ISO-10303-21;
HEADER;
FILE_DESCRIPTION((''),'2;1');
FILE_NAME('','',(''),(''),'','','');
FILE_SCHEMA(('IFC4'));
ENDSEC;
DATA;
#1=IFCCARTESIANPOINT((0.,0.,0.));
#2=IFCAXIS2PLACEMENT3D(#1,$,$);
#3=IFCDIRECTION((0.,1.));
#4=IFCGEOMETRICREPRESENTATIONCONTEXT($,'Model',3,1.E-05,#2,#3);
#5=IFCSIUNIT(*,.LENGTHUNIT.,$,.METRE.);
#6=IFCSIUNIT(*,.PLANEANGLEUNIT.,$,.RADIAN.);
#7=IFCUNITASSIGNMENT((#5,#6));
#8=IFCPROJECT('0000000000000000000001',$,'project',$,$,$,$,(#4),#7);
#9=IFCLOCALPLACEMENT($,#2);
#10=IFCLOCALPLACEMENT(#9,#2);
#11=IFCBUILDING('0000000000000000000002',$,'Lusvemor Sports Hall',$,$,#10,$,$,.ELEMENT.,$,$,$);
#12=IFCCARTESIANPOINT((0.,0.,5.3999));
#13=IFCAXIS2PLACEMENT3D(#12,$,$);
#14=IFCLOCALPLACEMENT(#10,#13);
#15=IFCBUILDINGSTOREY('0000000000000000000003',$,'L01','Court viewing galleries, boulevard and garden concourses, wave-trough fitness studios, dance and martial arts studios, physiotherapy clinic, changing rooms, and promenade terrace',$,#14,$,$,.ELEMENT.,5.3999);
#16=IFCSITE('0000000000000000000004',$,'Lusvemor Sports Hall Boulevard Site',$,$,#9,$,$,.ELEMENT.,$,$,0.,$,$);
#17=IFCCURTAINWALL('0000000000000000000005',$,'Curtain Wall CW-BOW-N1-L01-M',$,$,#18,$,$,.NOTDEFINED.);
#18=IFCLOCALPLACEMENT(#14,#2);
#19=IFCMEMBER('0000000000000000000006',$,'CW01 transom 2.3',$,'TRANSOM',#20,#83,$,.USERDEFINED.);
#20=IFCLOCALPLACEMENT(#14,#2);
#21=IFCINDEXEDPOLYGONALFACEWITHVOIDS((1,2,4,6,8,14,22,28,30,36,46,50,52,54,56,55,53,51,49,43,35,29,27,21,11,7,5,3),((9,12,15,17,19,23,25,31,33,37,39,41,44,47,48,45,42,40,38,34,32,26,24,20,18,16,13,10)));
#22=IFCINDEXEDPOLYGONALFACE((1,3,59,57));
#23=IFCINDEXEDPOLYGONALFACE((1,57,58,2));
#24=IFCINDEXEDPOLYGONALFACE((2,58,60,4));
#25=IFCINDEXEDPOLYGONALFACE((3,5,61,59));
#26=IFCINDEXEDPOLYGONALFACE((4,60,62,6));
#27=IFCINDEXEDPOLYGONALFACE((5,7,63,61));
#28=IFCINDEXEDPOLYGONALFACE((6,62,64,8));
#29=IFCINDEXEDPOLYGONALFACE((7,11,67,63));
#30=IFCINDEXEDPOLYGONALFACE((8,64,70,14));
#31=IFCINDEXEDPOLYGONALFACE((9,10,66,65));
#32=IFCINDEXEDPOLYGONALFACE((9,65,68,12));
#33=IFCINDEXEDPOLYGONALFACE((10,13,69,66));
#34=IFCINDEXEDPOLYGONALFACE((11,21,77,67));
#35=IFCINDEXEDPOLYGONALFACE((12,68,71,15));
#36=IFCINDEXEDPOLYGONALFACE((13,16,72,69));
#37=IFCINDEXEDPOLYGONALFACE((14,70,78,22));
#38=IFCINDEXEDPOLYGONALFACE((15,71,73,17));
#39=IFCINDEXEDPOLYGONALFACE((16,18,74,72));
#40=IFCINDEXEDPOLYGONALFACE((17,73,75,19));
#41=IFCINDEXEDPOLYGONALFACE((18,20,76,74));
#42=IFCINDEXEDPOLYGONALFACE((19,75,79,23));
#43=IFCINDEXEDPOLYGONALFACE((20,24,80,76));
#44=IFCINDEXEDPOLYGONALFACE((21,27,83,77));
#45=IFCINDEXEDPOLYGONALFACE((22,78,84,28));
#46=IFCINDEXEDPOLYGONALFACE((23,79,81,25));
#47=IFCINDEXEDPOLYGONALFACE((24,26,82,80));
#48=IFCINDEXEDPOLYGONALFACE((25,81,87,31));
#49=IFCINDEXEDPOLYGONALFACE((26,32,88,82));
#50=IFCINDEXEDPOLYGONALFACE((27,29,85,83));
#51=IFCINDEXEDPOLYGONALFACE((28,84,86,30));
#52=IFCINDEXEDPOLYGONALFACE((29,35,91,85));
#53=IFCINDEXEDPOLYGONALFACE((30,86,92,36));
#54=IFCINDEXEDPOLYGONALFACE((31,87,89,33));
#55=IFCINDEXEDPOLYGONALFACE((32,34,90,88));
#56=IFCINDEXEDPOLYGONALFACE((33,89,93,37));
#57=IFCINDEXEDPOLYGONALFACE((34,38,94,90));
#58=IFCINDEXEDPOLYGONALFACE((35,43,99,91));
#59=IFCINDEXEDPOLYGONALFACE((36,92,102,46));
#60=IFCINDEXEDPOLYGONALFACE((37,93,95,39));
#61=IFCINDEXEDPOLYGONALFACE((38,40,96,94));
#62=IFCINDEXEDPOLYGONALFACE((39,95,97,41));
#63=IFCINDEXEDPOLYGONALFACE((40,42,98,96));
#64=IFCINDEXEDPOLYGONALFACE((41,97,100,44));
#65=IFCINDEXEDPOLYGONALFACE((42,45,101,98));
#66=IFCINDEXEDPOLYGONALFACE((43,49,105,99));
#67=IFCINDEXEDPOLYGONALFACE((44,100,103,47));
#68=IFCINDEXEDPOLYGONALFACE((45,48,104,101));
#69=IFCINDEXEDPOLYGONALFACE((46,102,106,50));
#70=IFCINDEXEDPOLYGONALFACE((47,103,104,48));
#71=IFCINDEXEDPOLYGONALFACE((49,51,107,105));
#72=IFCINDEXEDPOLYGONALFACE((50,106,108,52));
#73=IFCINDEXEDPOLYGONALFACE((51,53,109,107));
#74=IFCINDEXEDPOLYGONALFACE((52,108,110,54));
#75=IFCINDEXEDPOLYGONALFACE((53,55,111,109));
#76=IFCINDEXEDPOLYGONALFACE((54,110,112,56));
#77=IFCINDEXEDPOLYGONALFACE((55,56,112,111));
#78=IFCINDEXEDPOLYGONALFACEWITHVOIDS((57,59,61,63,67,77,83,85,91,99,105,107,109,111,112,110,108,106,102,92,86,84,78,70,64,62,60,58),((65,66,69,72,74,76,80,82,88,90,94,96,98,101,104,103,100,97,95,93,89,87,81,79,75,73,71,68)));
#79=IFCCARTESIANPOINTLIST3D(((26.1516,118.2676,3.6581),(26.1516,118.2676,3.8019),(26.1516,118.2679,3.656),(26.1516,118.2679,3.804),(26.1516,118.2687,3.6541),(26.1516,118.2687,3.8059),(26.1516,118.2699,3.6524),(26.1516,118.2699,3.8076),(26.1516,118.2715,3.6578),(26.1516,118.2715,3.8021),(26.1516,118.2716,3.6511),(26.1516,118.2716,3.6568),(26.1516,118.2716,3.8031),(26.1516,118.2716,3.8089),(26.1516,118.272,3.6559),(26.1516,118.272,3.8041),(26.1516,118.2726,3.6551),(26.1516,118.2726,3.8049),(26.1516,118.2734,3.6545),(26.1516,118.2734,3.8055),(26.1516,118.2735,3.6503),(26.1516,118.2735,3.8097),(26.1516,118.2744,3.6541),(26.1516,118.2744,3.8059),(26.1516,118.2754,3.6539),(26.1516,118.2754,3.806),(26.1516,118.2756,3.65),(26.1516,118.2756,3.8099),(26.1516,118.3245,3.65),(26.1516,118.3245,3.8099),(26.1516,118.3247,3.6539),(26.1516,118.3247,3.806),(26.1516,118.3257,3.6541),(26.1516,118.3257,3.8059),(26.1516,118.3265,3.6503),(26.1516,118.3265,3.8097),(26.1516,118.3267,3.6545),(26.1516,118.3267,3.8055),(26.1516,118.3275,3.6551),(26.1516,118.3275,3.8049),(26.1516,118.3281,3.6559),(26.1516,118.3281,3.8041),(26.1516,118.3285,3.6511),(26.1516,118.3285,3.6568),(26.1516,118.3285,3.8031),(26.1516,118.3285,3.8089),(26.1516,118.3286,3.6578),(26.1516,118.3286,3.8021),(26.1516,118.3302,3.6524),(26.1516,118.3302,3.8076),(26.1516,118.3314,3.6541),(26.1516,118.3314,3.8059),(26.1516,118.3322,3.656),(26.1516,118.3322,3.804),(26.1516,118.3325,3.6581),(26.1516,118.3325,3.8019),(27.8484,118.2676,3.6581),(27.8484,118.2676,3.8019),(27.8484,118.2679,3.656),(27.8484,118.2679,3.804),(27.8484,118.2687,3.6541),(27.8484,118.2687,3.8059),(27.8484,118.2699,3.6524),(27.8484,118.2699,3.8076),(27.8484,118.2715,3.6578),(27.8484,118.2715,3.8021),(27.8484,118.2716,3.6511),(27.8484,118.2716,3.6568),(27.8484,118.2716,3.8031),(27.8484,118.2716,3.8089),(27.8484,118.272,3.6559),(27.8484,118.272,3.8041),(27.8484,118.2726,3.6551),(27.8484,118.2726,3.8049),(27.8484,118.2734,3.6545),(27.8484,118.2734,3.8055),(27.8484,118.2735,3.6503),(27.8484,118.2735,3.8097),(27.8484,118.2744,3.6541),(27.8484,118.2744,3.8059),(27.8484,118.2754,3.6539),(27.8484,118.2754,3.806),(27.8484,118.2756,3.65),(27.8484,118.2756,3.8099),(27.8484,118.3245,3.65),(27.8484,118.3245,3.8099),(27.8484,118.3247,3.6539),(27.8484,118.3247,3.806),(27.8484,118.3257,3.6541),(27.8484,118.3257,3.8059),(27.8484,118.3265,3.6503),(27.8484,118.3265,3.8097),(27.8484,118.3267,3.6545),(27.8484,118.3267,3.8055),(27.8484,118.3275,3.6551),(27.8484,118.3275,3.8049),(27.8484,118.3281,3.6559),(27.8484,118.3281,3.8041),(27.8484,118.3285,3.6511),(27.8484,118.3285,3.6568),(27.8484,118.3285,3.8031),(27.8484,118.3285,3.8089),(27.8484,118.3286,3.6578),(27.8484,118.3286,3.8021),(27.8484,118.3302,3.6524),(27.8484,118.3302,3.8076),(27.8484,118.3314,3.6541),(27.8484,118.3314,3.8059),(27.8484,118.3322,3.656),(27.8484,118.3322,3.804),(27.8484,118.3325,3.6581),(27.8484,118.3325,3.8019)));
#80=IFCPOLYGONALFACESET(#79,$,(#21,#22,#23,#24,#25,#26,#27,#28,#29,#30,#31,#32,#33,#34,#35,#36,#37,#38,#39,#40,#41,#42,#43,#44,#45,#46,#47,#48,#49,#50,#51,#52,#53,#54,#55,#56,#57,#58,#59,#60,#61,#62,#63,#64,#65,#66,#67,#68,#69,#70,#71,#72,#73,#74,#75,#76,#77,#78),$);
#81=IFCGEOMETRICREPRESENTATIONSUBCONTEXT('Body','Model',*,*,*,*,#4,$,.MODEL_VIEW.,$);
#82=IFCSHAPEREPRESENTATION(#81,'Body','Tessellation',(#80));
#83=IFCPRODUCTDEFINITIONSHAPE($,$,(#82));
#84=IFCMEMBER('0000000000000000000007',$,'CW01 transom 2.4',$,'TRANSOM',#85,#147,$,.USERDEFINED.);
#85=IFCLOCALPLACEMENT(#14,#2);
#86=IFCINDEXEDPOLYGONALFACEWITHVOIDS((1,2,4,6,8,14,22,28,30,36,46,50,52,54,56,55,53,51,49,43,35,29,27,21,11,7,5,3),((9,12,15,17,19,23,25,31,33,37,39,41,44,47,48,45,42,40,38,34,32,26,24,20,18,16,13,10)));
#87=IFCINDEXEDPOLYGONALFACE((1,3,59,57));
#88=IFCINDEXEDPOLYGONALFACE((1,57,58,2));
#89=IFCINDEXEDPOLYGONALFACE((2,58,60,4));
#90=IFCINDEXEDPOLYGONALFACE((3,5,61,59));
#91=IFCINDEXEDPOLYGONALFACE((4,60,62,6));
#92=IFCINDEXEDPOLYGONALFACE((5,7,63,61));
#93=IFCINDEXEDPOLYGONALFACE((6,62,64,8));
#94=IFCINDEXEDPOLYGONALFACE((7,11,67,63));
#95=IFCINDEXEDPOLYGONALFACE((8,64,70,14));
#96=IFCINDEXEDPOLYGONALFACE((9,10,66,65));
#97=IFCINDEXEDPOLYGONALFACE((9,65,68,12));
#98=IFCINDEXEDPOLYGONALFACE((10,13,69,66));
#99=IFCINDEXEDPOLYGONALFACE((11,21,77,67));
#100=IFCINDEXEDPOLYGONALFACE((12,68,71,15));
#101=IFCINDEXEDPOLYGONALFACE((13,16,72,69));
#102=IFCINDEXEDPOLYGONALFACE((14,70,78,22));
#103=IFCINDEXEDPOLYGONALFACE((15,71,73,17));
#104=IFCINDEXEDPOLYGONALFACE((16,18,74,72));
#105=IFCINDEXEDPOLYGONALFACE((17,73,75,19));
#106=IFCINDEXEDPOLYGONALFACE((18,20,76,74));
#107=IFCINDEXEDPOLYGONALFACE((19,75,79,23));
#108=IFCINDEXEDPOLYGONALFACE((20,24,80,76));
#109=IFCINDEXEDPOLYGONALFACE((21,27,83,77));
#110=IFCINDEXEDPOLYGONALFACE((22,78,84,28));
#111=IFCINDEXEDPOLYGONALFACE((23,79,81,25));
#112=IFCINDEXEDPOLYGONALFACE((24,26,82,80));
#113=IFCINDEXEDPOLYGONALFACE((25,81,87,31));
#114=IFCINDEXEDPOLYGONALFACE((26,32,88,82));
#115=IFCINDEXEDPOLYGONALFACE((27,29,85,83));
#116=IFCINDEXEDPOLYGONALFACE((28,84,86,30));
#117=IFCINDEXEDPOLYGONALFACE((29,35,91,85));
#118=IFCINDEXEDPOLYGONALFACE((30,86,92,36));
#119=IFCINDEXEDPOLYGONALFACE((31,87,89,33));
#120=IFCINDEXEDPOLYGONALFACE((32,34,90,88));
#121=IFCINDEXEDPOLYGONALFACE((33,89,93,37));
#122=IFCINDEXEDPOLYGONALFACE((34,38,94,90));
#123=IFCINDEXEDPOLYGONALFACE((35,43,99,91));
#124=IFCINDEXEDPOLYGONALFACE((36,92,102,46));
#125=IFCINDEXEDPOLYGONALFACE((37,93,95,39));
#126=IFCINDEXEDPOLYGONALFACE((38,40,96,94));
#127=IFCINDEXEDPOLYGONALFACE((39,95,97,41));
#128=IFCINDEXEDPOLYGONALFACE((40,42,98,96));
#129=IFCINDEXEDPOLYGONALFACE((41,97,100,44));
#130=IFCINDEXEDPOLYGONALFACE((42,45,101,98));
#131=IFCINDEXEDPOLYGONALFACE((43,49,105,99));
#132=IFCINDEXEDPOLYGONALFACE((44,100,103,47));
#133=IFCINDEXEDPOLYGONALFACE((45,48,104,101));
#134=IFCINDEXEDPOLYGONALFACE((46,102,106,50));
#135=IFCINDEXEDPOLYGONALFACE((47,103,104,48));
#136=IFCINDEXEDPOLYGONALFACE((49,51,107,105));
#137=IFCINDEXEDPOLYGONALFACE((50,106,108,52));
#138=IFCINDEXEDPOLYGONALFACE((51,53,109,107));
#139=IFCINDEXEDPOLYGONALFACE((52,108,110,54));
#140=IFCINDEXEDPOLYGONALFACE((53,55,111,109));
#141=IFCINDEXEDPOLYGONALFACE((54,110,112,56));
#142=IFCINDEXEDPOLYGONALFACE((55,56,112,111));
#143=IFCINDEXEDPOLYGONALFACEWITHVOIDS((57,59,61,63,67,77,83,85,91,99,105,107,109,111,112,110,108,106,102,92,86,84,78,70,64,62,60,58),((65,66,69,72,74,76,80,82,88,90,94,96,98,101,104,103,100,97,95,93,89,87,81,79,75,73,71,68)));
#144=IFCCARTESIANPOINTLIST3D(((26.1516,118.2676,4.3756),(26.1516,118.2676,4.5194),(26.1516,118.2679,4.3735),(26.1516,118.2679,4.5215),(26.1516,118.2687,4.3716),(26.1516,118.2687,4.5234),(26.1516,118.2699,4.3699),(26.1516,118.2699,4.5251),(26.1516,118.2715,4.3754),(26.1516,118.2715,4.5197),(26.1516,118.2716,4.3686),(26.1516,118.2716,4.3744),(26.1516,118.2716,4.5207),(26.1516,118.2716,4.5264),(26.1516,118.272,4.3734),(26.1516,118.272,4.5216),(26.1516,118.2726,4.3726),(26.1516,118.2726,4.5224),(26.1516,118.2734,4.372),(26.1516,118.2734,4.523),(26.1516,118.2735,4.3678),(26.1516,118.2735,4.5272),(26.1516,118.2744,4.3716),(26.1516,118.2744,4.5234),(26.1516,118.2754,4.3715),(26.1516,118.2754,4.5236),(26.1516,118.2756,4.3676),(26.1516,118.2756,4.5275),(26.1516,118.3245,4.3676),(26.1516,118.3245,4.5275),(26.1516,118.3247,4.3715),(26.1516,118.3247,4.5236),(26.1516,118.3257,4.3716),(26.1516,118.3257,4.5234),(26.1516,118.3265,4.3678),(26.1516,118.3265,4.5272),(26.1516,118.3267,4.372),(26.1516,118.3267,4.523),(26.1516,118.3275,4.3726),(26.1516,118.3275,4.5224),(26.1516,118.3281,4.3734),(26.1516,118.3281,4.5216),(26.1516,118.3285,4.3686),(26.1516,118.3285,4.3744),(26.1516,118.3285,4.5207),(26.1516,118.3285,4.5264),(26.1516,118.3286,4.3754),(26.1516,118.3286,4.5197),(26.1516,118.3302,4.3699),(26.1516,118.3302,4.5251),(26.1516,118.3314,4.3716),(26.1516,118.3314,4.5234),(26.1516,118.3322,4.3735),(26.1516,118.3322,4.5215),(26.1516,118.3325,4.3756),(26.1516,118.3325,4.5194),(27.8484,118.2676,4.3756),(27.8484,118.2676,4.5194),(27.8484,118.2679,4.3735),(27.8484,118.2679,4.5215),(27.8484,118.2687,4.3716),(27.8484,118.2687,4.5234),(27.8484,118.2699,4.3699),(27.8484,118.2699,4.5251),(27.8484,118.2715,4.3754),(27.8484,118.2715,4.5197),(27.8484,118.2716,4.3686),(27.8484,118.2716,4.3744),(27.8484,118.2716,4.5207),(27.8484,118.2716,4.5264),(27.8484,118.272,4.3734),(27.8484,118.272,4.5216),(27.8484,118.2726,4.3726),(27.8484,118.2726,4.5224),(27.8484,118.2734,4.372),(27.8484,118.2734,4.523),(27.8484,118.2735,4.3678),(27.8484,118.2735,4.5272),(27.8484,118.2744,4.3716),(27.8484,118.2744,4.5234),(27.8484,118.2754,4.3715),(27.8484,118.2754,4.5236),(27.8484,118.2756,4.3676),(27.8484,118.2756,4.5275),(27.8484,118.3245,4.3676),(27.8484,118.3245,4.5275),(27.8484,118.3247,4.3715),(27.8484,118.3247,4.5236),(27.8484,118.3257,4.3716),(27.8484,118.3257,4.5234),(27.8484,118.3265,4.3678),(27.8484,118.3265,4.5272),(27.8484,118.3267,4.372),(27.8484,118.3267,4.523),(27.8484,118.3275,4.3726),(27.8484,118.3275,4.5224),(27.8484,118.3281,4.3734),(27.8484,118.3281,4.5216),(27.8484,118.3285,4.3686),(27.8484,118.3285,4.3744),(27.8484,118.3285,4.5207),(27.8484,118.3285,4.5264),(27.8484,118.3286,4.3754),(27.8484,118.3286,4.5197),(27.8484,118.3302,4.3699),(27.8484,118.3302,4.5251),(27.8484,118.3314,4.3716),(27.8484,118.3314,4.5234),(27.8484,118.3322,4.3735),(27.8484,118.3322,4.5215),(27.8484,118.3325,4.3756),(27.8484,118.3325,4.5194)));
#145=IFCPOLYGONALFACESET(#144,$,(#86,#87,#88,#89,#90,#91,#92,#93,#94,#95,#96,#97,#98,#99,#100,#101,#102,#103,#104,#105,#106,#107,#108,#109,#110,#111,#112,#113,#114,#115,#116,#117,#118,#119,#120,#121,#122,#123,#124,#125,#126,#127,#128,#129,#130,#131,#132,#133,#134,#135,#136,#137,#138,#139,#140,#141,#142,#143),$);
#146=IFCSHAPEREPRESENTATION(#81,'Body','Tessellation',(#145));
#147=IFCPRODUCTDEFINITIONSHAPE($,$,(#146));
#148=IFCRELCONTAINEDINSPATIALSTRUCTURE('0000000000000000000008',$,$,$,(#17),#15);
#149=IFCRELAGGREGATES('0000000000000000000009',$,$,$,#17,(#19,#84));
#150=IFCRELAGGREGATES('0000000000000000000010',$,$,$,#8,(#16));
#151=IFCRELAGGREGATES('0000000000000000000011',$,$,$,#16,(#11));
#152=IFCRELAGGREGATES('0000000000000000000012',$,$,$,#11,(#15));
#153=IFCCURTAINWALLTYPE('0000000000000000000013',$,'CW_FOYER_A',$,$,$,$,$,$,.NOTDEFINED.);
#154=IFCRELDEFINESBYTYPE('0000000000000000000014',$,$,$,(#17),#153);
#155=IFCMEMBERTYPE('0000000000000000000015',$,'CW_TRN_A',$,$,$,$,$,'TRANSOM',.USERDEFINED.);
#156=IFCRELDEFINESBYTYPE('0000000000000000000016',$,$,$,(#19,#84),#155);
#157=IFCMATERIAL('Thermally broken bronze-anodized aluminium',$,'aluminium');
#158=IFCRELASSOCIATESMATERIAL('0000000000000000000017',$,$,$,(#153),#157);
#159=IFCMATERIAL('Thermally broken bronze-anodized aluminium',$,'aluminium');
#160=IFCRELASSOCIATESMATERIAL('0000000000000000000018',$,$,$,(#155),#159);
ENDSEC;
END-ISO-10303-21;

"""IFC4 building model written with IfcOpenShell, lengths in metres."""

from ifc_helpers import new_model, si_unit, direction, frame, origin, origin_2d, place, context, subcontext, project, spatial, hollow_rectangle, extrude, material, material_profile, profile_set, type_object, element, aggregate, save


model = new_model("IFC4")

# Units and contexts
model_context = context("Model", 3, precision=1e-05, world=origin(), true_north=direction((0.0, 1.0)))
body_context = subcontext(model_context, "Body", "Model", "MODEL_VIEW")
ifc_project = project(units=[si_unit("LENGTHUNIT", "METRE"), si_unit("PLANEANGLEUNIT", "RADIAN")], contexts=[model_context])

# Site, building, storey
site_placement = place(None, origin())
site = spatial("IfcSite", under=ifc_project, at=site_placement, Name="Lusvemor Sports Hall Boulevard Site", CompositionType="ELEMENT", RefElevation=0.0)
building_placement = place(site_placement, origin())
building = spatial("IfcBuilding", under=site, at=building_placement, Name="Lusvemor Sports Hall", CompositionType="ELEMENT")
storey_placement = place(building_placement, frame((0.0, 0.0, 5.3999)))
storey = spatial("IfcBuildingStorey", under=building, at=storey_placement, Name="L01", Description="Court viewing galleries, boulevard and garden concourses, wave-trough fitness studios, dance and martial arts studios, physiotherapy clinic, changing rooms, and promenade terrace", CompositionType="ELEMENT", Elevation=5.3999)

# Curtain wall
ifc_material_1 = material(Name="Thermally broken bronze-anodized aluminium", Category="aluminium")
curtain_wall_type_1 = type_object("IfcCurtainWallType", Name="CW_FOYER_A", PredefinedType="NOTDEFINED", material=ifc_material_1)
curtain_wall_1_placement = place(storey_placement, origin())
curtain_wall_1 = element("IfcCurtainWall", 1, at=curtain_wall_1_placement, inside=storey, type_object=curtain_wall_type_1, Name="Curtain Wall CW-BOW-N1-L01-M", PredefinedType="NOTDEFINED")

# Members
ifc_material_2 = material(Name="Thermally broken bronze-anodized aluminium", Category="aluminium")
ifc_material_profile_1 = material_profile(ifc_material_2, hollow_rectangle(XDim=0.0649, YDim=0.1599, WallThickness=0.0039, InnerFilletRadius=0.0039, OuterFilletRadius=0.0081, at=origin_2d()), Name="CWTRN160x65x4")
ifc_profile_set_1 = profile_set([ifc_material_profile_1], Name="Thermally broken bronze-anodized aluminium")
member_type_1 = type_object("IfcMemberType", Name="CW_TRN_A", ElementType="TRANSOM", PredefinedType="USERDEFINED", material=ifc_profile_set_1)
member_1_placement = place(storey_placement, frame((26.1516, 118.3, 3.73), z_axis=(1.0, 0.0, 0.0), x_axis=(0.0, 1.0, 0.0)))
member_1 = element("IfcMember", 2, at=member_1_placement, type_object=member_type_1, Name="CW01 transom 2.3", ObjectType="TRANSOM", PredefinedType="USERDEFINED", context=body_context, shape_type="SweptSolid", body=[
    extrude(hollow_rectangle(XDim=0.0649, YDim=0.1599, WallThickness=0.0039, InnerFilletRadius=0.0039, OuterFilletRadius=0.0081, at=origin_2d()), origin(), (0.0, 0.0, 1.0), 1.6968),
])
member_2_placement = place(storey_placement, frame((26.1516, 118.3, 4.4475), z_axis=(1.0, 0.0, 0.0), x_axis=(0.0, 1.0, 0.0)))
member_2 = element("IfcMember", 3, at=member_2_placement, type_object=member_type_1, Name="CW01 transom 2.4", ObjectType="TRANSOM", PredefinedType="USERDEFINED", context=body_context, shape_type="SweptSolid", body=[
    extrude(hollow_rectangle(XDim=0.0649, YDim=0.1599, WallThickness=0.0039, InnerFilletRadius=0.0039, OuterFilletRadius=0.0081, at=origin_2d()), origin(), (0.0, 0.0, 1.0), 1.6968),
])

aggregate(curtain_wall_1, [member_1, member_2])

save(model, "model.ifc")
